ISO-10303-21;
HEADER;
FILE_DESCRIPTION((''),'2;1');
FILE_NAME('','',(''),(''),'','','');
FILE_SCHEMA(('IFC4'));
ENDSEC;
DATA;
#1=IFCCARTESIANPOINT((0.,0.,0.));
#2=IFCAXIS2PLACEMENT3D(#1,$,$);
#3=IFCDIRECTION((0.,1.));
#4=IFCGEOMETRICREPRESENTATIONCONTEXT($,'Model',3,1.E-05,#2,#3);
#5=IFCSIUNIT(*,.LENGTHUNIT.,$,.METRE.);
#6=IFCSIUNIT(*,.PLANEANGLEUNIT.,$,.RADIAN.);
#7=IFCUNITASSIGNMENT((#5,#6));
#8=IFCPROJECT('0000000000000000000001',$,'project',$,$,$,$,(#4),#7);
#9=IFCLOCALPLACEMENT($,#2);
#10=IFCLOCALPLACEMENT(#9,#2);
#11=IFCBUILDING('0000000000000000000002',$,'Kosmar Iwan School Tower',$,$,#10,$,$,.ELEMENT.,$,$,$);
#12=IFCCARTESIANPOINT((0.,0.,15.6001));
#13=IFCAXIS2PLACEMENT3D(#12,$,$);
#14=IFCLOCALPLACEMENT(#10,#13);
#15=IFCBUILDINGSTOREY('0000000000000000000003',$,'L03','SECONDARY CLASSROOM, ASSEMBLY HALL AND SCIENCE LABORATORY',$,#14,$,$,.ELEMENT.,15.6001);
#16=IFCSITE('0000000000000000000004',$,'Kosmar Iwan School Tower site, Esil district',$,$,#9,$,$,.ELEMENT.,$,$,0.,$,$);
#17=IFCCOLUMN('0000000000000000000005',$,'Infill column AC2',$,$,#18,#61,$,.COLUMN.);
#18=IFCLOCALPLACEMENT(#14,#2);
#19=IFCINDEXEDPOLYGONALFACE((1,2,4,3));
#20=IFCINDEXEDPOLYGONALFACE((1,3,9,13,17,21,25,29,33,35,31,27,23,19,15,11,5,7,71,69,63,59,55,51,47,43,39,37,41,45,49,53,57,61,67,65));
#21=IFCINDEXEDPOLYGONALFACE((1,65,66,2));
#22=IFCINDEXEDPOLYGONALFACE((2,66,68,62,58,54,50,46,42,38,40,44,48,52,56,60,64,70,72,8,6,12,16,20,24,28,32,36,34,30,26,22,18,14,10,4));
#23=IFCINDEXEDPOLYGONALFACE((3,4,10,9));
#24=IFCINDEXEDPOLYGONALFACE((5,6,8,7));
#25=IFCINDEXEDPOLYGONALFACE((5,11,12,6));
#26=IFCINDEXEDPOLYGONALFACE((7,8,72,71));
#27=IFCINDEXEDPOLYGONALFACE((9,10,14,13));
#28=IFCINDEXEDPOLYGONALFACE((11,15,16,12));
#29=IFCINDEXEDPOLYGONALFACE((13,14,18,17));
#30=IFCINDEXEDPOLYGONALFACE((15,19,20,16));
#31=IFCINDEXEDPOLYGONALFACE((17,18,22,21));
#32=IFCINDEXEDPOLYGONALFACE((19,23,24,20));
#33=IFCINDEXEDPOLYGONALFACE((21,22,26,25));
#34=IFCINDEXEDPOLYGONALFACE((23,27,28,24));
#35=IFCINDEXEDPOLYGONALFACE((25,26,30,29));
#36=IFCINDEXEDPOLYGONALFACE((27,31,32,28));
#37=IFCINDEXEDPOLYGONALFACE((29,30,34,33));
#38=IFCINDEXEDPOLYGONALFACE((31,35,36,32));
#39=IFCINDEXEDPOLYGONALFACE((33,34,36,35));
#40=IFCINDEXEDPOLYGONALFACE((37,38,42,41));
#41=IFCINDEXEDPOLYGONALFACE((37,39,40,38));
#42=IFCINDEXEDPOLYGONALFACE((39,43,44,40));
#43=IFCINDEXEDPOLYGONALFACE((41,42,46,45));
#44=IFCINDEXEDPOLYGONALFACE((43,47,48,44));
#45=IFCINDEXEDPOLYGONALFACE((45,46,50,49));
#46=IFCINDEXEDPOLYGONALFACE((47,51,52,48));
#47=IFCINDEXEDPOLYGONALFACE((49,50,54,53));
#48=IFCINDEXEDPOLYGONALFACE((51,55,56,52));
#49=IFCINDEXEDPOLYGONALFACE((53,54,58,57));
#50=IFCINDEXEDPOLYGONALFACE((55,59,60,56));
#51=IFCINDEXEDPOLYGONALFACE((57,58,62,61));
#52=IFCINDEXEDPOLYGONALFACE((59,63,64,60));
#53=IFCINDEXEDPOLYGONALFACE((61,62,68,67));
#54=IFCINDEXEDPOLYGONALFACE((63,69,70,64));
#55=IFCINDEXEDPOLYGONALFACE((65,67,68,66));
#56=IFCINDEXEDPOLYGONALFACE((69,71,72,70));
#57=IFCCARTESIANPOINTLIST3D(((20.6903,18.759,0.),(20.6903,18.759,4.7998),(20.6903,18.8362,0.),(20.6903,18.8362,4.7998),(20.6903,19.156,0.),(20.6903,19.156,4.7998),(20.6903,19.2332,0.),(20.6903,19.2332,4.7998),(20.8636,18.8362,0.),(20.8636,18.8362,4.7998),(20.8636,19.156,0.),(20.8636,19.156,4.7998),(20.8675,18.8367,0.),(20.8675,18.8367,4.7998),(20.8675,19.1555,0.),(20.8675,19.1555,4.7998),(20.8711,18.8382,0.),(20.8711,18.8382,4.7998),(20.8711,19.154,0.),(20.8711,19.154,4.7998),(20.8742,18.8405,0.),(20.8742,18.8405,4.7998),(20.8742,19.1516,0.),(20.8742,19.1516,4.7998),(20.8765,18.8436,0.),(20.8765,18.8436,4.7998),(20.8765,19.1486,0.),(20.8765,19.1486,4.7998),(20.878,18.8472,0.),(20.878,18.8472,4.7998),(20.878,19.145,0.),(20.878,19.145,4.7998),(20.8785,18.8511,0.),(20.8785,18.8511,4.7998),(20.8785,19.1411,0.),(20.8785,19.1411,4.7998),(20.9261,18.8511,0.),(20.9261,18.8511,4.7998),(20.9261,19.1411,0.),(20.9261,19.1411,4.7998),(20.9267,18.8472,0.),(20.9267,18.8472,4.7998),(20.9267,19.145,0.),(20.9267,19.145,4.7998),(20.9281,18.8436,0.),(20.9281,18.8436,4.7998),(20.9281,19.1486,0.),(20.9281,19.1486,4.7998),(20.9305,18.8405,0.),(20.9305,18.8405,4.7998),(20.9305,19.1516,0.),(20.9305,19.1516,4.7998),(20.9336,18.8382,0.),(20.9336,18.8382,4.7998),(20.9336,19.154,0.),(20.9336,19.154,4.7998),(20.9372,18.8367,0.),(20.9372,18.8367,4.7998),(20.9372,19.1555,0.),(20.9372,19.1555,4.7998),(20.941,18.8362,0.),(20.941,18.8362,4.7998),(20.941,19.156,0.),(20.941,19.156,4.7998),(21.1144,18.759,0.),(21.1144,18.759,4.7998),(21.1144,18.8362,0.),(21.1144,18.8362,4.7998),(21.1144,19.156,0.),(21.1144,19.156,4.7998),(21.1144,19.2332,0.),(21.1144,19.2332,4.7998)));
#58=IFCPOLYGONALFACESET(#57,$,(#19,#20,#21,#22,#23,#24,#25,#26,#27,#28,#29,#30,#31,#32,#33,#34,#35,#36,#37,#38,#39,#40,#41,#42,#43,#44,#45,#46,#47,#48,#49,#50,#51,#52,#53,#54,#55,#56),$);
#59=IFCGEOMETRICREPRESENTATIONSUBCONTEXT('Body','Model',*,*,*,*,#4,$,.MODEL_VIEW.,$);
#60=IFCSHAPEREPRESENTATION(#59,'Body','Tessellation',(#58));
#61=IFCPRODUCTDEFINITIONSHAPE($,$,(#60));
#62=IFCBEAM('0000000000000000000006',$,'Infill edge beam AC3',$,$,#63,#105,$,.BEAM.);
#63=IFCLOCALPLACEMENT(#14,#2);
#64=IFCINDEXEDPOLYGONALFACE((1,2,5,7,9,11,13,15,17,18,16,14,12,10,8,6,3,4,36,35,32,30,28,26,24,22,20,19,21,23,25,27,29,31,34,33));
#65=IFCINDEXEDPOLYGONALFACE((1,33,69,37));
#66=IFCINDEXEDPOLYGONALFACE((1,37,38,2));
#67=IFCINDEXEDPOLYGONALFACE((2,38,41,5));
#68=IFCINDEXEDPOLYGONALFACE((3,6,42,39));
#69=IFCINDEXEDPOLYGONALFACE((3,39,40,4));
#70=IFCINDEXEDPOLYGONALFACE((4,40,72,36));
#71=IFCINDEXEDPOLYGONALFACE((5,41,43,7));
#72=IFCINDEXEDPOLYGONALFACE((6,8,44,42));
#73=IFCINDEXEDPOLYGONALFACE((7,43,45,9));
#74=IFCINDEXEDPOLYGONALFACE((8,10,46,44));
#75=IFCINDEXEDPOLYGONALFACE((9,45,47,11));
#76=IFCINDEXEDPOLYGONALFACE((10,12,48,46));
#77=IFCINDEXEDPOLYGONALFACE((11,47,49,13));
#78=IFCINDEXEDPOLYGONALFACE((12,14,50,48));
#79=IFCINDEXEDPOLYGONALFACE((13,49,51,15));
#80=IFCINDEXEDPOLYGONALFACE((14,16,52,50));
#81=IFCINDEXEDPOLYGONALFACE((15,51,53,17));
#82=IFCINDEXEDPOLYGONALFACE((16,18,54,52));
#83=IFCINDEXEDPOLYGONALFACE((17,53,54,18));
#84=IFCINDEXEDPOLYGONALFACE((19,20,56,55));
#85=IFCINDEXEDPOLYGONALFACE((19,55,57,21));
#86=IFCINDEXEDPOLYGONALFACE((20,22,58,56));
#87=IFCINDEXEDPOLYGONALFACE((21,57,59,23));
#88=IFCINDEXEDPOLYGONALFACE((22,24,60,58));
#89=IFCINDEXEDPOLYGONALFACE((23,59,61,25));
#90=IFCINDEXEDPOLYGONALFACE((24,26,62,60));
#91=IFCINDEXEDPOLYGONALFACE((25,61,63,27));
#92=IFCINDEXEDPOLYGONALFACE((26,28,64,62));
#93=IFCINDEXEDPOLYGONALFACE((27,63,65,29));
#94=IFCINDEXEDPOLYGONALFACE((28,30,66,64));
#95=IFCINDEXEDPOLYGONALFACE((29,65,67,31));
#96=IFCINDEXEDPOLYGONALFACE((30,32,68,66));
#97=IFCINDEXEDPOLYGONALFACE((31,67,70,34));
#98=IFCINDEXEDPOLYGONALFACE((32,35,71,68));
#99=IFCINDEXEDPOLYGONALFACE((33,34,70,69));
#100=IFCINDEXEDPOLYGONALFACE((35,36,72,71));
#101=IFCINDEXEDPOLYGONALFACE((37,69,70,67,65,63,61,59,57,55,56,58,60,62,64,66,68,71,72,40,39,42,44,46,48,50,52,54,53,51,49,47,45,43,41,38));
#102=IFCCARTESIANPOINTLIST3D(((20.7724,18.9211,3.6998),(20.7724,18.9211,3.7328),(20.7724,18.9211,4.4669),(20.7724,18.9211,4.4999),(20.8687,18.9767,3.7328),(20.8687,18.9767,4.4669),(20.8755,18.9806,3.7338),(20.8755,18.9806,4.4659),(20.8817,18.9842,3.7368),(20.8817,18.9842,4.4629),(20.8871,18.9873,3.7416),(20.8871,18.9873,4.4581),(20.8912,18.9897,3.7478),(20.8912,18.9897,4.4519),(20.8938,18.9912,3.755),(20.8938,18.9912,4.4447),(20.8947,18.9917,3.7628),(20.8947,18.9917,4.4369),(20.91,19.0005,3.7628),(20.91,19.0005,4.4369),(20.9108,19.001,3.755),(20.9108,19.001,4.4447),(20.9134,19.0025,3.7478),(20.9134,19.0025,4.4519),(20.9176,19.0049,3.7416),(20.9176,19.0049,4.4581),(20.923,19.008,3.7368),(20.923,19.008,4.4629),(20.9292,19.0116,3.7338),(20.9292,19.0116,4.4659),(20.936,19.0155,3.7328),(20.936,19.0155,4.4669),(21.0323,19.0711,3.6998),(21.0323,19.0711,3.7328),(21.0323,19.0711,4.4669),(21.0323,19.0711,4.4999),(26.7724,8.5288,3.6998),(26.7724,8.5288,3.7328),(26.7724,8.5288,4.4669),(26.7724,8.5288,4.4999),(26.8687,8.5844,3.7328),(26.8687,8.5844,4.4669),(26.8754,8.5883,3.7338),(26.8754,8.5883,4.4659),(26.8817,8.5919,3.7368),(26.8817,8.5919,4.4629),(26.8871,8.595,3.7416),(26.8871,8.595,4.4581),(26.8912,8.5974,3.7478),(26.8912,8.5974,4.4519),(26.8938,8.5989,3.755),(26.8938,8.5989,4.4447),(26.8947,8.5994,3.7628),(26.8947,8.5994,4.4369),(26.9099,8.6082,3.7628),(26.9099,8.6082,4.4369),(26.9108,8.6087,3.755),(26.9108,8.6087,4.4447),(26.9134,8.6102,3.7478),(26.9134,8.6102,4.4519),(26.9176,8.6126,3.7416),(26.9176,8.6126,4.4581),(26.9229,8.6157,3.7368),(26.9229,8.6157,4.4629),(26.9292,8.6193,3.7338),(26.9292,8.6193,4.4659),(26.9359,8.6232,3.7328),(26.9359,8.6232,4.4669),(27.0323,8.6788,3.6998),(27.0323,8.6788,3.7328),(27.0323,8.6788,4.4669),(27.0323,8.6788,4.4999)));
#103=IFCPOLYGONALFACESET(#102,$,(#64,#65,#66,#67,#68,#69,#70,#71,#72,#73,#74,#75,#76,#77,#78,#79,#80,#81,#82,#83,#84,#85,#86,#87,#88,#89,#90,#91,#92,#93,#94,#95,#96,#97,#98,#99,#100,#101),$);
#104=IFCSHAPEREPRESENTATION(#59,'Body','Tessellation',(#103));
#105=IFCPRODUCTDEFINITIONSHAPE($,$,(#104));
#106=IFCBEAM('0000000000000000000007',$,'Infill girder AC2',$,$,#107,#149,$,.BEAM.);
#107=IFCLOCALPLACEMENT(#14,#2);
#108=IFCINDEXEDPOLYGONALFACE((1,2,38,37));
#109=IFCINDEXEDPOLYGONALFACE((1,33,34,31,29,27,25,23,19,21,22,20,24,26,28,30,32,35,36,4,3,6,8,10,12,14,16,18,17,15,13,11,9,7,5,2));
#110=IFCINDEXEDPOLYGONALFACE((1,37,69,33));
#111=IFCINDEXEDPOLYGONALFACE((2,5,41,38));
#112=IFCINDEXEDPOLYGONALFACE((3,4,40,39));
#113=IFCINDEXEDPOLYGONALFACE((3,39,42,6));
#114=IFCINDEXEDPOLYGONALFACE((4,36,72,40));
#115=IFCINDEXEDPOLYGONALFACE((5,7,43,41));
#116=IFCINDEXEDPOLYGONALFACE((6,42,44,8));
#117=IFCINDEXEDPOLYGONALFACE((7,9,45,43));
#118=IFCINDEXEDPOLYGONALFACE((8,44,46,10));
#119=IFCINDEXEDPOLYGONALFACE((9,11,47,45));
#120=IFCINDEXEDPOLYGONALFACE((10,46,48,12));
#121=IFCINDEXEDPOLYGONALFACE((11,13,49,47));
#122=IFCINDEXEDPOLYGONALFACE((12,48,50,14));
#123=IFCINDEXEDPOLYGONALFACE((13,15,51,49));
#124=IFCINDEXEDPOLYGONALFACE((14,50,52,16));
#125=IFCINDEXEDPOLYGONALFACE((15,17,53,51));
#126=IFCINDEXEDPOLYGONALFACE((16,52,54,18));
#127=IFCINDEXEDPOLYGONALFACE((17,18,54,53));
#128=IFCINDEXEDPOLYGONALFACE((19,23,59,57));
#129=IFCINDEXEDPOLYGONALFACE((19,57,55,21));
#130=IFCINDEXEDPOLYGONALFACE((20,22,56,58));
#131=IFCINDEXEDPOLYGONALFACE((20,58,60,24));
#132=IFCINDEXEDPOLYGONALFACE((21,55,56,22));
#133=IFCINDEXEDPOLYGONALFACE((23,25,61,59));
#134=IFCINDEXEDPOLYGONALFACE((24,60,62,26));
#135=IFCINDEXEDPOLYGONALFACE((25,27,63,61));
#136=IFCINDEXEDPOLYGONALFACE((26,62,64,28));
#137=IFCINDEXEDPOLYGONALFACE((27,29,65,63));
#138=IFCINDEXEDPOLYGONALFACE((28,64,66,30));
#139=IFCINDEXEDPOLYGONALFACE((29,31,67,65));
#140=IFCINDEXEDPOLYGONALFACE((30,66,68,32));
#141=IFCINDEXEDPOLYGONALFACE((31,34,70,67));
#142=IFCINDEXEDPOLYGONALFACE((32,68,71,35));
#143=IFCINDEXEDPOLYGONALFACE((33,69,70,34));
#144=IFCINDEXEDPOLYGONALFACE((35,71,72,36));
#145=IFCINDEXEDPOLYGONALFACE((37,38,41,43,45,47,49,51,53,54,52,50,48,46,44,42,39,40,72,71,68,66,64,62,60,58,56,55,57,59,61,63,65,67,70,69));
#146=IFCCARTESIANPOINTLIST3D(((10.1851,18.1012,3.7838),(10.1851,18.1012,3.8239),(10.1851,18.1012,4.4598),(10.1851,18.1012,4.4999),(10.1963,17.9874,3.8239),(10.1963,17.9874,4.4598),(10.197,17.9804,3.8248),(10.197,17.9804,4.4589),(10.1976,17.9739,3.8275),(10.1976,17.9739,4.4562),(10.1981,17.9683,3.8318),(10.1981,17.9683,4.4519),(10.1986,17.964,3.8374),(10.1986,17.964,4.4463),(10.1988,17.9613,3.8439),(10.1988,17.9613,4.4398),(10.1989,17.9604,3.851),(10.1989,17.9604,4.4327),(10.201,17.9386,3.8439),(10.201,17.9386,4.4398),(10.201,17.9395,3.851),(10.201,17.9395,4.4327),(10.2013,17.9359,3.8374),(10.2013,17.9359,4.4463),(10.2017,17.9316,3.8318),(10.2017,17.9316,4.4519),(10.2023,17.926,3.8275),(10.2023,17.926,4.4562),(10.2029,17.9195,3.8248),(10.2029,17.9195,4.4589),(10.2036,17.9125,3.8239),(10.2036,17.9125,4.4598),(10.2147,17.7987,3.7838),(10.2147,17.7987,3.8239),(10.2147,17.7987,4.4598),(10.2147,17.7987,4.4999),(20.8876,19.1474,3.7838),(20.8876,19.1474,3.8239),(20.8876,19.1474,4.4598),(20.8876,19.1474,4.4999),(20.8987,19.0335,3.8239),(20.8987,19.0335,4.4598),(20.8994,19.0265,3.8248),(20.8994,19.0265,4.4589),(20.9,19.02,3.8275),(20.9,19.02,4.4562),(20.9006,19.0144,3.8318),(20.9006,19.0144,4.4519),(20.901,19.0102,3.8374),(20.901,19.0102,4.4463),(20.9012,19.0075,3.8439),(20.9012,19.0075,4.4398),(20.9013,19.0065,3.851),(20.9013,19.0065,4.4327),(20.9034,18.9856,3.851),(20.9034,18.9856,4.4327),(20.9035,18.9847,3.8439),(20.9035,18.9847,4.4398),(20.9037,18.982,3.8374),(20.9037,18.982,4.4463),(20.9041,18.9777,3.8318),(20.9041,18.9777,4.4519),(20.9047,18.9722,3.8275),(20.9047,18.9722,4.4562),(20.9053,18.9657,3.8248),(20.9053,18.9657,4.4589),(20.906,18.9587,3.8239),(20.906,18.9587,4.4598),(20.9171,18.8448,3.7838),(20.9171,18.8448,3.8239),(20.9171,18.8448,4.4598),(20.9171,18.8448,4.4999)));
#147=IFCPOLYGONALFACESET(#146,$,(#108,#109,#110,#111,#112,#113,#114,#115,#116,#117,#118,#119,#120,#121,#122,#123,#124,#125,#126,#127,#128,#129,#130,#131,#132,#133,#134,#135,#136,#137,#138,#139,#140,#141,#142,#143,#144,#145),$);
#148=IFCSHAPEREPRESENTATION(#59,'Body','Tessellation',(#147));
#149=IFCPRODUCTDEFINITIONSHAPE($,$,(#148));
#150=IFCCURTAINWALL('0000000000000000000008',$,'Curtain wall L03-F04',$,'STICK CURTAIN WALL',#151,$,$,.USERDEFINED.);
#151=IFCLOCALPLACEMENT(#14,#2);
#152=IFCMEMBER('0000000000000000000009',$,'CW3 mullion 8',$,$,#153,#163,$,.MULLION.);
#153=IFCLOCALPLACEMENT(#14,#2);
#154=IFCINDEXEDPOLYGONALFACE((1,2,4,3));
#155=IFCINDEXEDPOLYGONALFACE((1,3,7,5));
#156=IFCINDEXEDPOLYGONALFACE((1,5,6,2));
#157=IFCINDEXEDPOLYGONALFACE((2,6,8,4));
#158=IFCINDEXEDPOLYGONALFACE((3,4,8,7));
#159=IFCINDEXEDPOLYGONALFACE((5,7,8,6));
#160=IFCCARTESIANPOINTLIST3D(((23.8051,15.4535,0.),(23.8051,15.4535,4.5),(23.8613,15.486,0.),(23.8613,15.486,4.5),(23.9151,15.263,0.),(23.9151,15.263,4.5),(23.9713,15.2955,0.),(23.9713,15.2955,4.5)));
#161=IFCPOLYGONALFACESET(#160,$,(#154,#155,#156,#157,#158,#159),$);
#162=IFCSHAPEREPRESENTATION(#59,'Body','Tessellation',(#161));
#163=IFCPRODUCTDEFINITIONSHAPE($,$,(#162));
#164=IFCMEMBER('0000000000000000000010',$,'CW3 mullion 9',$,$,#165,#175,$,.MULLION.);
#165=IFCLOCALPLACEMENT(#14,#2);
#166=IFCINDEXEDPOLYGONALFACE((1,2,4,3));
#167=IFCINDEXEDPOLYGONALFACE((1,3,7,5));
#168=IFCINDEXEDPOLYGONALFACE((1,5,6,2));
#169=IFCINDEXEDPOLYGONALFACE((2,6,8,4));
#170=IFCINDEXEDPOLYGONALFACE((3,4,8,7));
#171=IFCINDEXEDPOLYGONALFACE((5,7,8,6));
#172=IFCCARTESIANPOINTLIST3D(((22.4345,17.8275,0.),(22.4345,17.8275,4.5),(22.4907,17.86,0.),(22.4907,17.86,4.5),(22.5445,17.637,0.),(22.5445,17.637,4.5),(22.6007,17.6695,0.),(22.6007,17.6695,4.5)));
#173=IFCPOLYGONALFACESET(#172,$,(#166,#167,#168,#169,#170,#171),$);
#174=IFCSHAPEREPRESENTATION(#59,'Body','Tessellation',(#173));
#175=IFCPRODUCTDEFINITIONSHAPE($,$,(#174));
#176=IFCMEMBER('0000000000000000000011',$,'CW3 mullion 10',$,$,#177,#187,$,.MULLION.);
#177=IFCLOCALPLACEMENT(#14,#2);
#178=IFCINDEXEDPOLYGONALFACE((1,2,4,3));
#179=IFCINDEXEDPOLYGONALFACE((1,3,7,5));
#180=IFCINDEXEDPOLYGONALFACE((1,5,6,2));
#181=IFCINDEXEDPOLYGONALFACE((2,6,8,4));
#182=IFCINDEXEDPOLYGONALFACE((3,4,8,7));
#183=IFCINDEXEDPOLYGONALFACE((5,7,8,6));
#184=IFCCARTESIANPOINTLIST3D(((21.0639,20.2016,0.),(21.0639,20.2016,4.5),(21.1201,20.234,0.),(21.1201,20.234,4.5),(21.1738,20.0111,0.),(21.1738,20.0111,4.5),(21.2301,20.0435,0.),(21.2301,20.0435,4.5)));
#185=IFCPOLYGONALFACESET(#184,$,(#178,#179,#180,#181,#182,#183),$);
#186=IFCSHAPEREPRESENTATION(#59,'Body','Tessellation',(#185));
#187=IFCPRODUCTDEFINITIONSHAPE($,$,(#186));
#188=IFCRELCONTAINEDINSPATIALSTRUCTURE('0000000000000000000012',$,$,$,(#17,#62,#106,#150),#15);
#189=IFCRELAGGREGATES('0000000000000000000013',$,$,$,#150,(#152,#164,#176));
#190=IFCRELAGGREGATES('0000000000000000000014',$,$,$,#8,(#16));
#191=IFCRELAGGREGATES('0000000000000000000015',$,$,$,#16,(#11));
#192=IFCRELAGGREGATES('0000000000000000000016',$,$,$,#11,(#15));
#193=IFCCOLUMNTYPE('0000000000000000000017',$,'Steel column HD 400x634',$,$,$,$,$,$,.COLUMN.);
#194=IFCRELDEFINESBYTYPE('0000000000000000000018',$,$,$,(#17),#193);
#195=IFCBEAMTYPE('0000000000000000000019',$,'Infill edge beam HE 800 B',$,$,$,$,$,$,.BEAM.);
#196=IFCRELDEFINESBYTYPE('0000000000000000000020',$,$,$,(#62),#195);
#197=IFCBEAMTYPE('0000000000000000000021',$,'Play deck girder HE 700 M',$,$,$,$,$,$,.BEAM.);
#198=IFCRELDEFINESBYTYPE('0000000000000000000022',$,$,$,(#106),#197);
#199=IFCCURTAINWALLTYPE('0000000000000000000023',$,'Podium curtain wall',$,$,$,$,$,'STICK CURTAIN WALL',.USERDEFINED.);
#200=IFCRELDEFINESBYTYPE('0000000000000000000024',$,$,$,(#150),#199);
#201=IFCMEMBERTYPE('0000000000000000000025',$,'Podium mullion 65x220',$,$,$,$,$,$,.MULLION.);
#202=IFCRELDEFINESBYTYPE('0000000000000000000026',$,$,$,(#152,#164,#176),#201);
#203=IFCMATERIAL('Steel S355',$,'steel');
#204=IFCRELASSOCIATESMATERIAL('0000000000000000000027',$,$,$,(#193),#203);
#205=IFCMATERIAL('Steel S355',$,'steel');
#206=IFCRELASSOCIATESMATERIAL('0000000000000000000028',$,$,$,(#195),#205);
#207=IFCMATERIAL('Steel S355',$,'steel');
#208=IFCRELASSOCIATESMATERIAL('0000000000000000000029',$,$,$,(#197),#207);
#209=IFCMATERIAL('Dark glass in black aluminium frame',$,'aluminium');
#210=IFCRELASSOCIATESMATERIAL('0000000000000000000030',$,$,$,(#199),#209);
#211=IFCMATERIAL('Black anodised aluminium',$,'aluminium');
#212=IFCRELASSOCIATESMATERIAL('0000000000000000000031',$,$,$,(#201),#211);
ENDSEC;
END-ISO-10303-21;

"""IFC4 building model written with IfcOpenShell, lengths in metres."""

from ifc_helpers import new_model, si_unit, direction, frame, origin, origin_2d, place, context, subcontext, project, spatial, rectangle, i_section, extrude, material, material_profile, profile_set, type_object, element, aggregate, save


model = new_model("IFC4")

# Units and contexts
model_context = context("Model", 3, precision=1e-05, world=origin(), true_north=direction((0.0, 1.0)))
body_context = subcontext(model_context, "Body", "Model", "MODEL_VIEW")
ifc_project = project(units=[si_unit("LENGTHUNIT", "METRE"), si_unit("PLANEANGLEUNIT", "RADIAN")], contexts=[model_context])

# Site, building, storey
site_placement = place(None, origin())
site = spatial("IfcSite", under=ifc_project, at=site_placement, Name="Kosmar Iwan School Tower site, Esil district", CompositionType="ELEMENT", RefElevation=0.0)
building_placement = place(site_placement, origin())
building = spatial("IfcBuilding", under=site, at=building_placement, Name="Kosmar Iwan School Tower", CompositionType="ELEMENT")
storey_placement = place(building_placement, frame((0.0, 0.0, 15.6001)))
storey = spatial("IfcBuildingStorey", under=building, at=storey_placement, Name="L03", Description="SECONDARY CLASSROOM, ASSEMBLY HALL AND SCIENCE LABORATORY", CompositionType="ELEMENT", Elevation=15.6001)

# Column
ifc_material_1 = material(Name="Steel S355", Category="steel")
ifc_material_profile_1 = material_profile(ifc_material_1, i_section(OverallWidth=0.4241, OverallDepth=0.4741, WebThickness=0.0476, FlangeThickness=0.0771, FilletRadius=0.0149, at=origin_2d()), Name="HD 400x634")
ifc_profile_set_1 = profile_set([ifc_material_profile_1], Name="Steel S355")
column_type = type_object("IfcColumnType", Name="Steel column HD 400x634", PredefinedType="COLUMN", material=ifc_profile_set_1)
column_placement = place(storey_placement, frame((20.9023, 18.9961, 0.0), z_axis=(0.0, 0.0, 1.0), x_axis=(1.0, 0.0, 0.0)))
element("IfcColumn", 1, at=column_placement, inside=storey, type_object=column_type, Name="Infill column AC2", PredefinedType="COLUMN", context=body_context, shape_type="SweptSolid", body=[
    extrude(i_section(OverallWidth=0.4241, OverallDepth=0.4741, WebThickness=0.0476, FlangeThickness=0.0771, FilletRadius=0.0149, at=origin_2d()), origin(), (0.0, 0.0, 1.0), 4.7998),
])

# Beams
ifc_material_2 = material(Name="Steel S355", Category="steel")
ifc_material_profile_2 = material_profile(ifc_material_2, i_section(OverallWidth=0.3, OverallDepth=0.8, WebThickness=0.0176, FlangeThickness=0.033, FilletRadius=0.03, at=origin_2d()), Name="HE 800 B")
ifc_profile_set_2 = profile_set([ifc_material_profile_2], Name="Steel S355")
beam_type_1 = type_object("IfcBeamType", Name="Infill edge beam HE 800 B", PredefinedType="BEAM", material=ifc_profile_set_2)
beam_1_placement = place(storey_placement, frame((20.9023, 18.9961, 4.0999), z_axis=(0.499999, -0.866026, 0.0), x_axis=(0.866026, 0.499999, 0.0)))
element("IfcBeam", 2, at=beam_1_placement, inside=storey, type_object=beam_type_1, Name="Infill edge beam AC3", PredefinedType="BEAM", context=body_context, shape_type="SweptSolid", body=[
    extrude(i_section(OverallWidth=0.3, OverallDepth=0.8, WebThickness=0.0176, FlangeThickness=0.033, FilletRadius=0.03, at=origin_2d()), origin(), (0.0, 0.0, 1.0), 12.0),
])
ifc_material_3 = material(Name="Steel S355", Category="steel")
ifc_material_profile_3 = material_profile(ifc_material_3, i_section(OverallWidth=0.304, OverallDepth=0.7161, WebThickness=0.021, FlangeThickness=0.04, FilletRadius=0.0271, at=origin_2d()), Name="HE 700 M")
ifc_profile_set_3 = profile_set([ifc_material_profile_3], Name="Steel S355")
beam_type_2 = type_object("IfcBeamType", Name="Play deck girder HE 700 M", PredefinedType="BEAM", material=ifc_profile_set_3)
beam_2_placement = place(storey_placement, frame((20.9023, 18.9961, 4.1418), z_axis=(-0.995257, -0.097285, 0.0), x_axis=(0.097285, -0.995257, 0.0)))
element("IfcBeam", 3, at=beam_2_placement, inside=storey, type_object=beam_type_2, Name="Infill girder AC2", PredefinedType="BEAM", context=body_context, shape_type="SweptSolid", body=[
    extrude(i_section(OverallWidth=0.304, OverallDepth=0.7161, WebThickness=0.021, FlangeThickness=0.04, FilletRadius=0.0271, at=origin_2d()), origin(), (0.0, 0.0, 1.0), 10.7534),
])

# Curtain wall, members
ifc_material_4 = material(Name="Dark glass in black aluminium frame", Category="aluminium")
curtain_wall_type = type_object("IfcCurtainWallType", Name="Podium curtain wall", ElementType="STICK CURTAIN WALL", PredefinedType="USERDEFINED", material=ifc_material_4)
curtain_wall_placement = place(storey_placement, origin())
curtain_wall = element("IfcCurtainWall", 4, at=curtain_wall_placement, inside=storey, type_object=curtain_wall_type, Name="Curtain wall L03-F04", ObjectType="STICK CURTAIN WALL", PredefinedType="USERDEFINED")
ifc_material_5 = material(Name="Black anodised aluminium", Category="aluminium")
ifc_material_profile_4 = material_profile(ifc_material_5, rectangle(XDim=0.0649, YDim=0.22, at=origin_2d()), Name="MULLION 65x220")
ifc_profile_set_4 = profile_set([ifc_material_profile_4], Name="Black anodised aluminium")
member_type_1 = type_object("IfcMemberType", Name="Podium mullion 65x220", PredefinedType="MULLION", material=ifc_profile_set_4)
member_1_placement = place(storey_placement, frame((23.8882, 15.3745, 0.0), z_axis=(0.0, 0.0, 1.0), x_axis=(-0.866025, -0.5, 0.0)))
member_1 = element("IfcMember", 5, at=member_1_placement, type_object=member_type_1, Name="CW3 mullion 8", PredefinedType="MULLION", context=body_context, shape_type="SweptSolid", body=[
    extrude(rectangle(XDim=0.0649, YDim=0.22, at=origin_2d()), origin(), (0.0, 0.0, 1.0), 4.5),
])
member_2_placement = place(storey_placement, frame((22.5176, 17.7485, 0.0), z_axis=(0.0, 0.0, 1.0), x_axis=(-0.866025, -0.5, 0.0)))
member_2 = element("IfcMember", 6, at=member_2_placement, type_object=member_type_1, Name="CW3 mullion 9", PredefinedType="MULLION", context=body_context, shape_type="SweptSolid", body=[
    extrude(rectangle(XDim=0.0649, YDim=0.22, at=origin_2d()), origin(), (0.0, 0.0, 1.0), 4.5),
])
member_3_placement = place(storey_placement, frame((21.147, 20.1226, 0.0), z_axis=(0.0, 0.0, 1.0), x_axis=(-0.866025, -0.5, 0.0)))
member_3 = element("IfcMember", 7, at=member_3_placement, type_object=member_type_1, Name="CW3 mullion 10", PredefinedType="MULLION", context=body_context, shape_type="SweptSolid", body=[
    extrude(rectangle(XDim=0.0649, YDim=0.22, at=origin_2d()), origin(), (0.0, 0.0, 1.0), 4.5),
])
aggregate(curtain_wall, [member_1, member_2, member_3])

save(model, "model.ifc")
